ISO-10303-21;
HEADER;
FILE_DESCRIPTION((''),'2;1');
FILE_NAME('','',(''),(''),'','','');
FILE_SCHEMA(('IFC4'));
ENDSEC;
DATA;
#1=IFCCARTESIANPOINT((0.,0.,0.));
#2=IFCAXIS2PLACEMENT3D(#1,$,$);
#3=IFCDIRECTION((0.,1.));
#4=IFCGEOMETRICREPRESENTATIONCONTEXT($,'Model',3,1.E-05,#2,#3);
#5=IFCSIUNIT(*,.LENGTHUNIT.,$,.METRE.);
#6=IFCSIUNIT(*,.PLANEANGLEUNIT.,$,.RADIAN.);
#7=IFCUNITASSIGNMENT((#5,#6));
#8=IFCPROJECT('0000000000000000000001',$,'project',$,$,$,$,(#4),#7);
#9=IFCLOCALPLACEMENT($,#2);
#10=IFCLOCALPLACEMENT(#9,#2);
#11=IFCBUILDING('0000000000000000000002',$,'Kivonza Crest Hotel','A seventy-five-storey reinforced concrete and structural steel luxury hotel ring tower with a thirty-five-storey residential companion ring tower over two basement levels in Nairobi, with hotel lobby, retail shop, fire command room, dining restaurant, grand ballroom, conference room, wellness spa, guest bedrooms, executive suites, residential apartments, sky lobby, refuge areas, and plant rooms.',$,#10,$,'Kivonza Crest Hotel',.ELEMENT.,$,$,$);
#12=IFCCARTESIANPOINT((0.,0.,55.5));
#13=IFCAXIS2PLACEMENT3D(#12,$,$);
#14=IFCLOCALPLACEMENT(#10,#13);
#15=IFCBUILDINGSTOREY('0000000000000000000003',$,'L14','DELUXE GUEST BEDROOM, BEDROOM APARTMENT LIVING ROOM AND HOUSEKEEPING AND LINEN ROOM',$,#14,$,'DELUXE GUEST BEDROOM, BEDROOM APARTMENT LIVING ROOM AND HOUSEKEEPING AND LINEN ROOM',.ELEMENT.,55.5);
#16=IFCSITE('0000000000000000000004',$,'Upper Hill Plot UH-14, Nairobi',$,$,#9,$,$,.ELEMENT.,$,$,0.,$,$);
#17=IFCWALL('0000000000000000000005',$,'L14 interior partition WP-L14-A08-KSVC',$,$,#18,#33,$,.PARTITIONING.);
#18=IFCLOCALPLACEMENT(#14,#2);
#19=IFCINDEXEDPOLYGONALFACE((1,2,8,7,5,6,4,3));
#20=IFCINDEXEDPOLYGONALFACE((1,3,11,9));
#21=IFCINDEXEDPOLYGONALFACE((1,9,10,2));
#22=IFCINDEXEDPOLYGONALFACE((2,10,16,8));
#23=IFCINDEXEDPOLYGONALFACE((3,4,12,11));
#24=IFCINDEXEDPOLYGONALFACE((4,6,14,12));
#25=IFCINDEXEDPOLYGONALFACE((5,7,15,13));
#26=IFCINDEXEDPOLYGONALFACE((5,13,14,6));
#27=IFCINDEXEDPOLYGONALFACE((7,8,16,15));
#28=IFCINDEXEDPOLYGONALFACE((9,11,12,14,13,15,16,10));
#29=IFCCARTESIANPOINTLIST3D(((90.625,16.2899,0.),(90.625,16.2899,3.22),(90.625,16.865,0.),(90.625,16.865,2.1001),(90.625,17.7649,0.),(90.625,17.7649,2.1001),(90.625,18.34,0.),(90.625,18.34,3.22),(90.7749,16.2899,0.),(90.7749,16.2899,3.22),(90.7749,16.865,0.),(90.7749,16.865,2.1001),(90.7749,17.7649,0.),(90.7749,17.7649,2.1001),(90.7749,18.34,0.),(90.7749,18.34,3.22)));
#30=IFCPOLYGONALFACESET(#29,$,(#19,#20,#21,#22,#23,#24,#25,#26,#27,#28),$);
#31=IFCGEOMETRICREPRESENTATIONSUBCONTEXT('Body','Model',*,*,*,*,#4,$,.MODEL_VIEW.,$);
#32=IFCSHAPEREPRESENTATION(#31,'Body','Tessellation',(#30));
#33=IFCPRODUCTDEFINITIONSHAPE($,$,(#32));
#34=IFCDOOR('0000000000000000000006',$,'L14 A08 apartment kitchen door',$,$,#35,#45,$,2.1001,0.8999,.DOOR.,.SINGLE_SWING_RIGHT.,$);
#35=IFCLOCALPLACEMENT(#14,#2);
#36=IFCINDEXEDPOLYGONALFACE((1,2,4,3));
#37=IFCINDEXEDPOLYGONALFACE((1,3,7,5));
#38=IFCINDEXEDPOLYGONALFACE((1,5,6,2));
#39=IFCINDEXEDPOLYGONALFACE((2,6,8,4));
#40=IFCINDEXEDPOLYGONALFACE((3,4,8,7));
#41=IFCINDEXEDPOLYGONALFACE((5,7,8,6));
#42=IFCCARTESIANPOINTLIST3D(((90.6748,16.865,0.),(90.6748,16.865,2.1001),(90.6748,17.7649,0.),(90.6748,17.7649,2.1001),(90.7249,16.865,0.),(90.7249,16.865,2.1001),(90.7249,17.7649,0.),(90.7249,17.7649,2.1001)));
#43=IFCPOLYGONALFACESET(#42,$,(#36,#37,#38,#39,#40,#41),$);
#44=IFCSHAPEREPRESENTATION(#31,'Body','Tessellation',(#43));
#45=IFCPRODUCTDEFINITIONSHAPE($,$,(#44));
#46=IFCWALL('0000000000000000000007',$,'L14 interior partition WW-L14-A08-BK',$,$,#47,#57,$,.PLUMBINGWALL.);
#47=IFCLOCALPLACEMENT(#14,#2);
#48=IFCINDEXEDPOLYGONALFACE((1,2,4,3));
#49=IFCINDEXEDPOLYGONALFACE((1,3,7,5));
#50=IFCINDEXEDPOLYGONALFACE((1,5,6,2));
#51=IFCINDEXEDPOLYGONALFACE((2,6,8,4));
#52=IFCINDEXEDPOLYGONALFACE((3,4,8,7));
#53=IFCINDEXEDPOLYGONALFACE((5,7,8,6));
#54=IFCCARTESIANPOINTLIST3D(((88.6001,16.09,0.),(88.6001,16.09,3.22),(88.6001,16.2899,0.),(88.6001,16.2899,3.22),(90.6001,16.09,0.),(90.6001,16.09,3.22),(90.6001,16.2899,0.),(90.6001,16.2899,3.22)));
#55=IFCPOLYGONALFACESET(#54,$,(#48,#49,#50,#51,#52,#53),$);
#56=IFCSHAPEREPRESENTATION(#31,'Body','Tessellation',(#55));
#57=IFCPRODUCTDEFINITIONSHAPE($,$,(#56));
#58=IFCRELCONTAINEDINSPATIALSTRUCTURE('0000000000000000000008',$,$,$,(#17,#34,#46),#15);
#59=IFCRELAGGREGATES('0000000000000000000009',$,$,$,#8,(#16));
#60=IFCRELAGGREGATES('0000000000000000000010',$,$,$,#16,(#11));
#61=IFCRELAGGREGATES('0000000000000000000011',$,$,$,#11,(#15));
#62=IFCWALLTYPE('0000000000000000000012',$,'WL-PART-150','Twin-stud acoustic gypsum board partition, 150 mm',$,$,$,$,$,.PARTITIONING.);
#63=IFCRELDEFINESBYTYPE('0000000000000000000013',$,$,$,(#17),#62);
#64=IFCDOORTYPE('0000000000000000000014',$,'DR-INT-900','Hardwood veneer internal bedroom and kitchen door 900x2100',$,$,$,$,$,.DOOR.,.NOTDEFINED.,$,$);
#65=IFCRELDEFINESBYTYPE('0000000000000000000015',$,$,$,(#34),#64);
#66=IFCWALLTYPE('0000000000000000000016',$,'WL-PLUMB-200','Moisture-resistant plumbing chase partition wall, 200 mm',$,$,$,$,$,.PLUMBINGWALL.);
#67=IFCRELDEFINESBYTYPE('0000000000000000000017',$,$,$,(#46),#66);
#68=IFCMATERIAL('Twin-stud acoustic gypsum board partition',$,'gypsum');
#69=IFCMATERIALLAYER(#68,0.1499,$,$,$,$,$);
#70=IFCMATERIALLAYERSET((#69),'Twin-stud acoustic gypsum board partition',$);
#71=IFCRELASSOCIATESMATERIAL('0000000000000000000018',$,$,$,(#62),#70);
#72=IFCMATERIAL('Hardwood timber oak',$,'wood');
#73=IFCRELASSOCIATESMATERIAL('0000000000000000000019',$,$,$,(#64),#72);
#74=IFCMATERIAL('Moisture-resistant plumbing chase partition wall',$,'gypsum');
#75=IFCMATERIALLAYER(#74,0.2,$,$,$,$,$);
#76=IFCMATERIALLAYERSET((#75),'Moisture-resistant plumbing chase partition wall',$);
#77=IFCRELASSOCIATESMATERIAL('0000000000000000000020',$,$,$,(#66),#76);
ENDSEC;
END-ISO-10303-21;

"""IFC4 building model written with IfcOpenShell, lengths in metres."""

from ifc_helpers import new_model, si_unit, direction, frame, frame_2d, origin, place, context, subcontext, project, spatial, rectangle, extrude, material, layer, layer_set, type_object, element, fill, save


model = new_model("IFC4")

# Units and contexts
model_context = context("Model", 3, precision=1e-05, world=origin(), true_north=direction((0.0, 1.0)))
body_context = subcontext(model_context, "Body", "Model", "MODEL_VIEW")
ifc_project = project(units=[si_unit("LENGTHUNIT", "METRE"), si_unit("PLANEANGLEUNIT", "RADIAN")], contexts=[model_context])

# Site, building, storey
site_placement = place(None, origin())
site = spatial("IfcSite", under=ifc_project, at=site_placement, Name="Upper Hill Plot UH-14, Nairobi", CompositionType="ELEMENT", RefElevation=0.0)
building_placement = place(site_placement, origin())
building = spatial("IfcBuilding", under=site, at=building_placement, Name="Kivonza Crest Hotel", Description="A seventy-five-storey reinforced concrete and structural steel luxury hotel ring tower with a thirty-five-storey residential companion ring tower over two basement levels in Nairobi, with hotel lobby, retail shop, fire command room, dining restaurant, grand ballroom, conference room, wellness spa, guest bedrooms, executive suites, residential apartments, sky lobby, refuge areas, and plant rooms.", LongName="Kivonza Crest Hotel", CompositionType="ELEMENT")
storey_placement = place(building_placement, frame((0.0, 0.0, 55.5)))
storey = spatial("IfcBuildingStorey", under=building, at=storey_placement, Name="L14", Description="DELUXE GUEST BEDROOM, BEDROOM APARTMENT LIVING ROOM AND HOUSEKEEPING AND LINEN ROOM", LongName="DELUXE GUEST BEDROOM, BEDROOM APARTMENT LIVING ROOM AND HOUSEKEEPING AND LINEN ROOM", CompositionType="ELEMENT", Elevation=55.5)

# Shared definitions
ifc_material_1 = material(Name="Hardwood timber oak", Category="wood")

# Shared definitions
ifc_material_2 = material(Name="Twin-stud acoustic gypsum board partition", Category="gypsum")
ifc_layer_1 = layer(ifc_material_2, 0.1499)
ifc_layer_set_1 = layer_set([ifc_layer_1], Name="Twin-stud acoustic gypsum board partition")
wall_type_1 = type_object("IfcWallType", Name="WL-PART-150", Description="Twin-stud acoustic gypsum board partition, 150 mm", PredefinedType="PARTITIONING", material=ifc_layer_set_1)
door_type_1 = type_object("IfcDoorType", Name="DR-INT-900", Description="Hardwood veneer internal bedroom and kitchen door 900x2100", OperationType="NOTDEFINED", PredefinedType="DOOR", material=ifc_material_1)

# Wall, opening, door
wall_1_placement = place(storey_placement, frame((90.7, 16.29, 0.0), z_axis=(0.0, 0.0, 1.0), x_axis=(0.0, 1.0, 0.0)))
wall_1 = element("IfcWall", 1, at=wall_1_placement, inside=storey, type_object=wall_type_1, Name="L14 interior partition WP-L14-A08-KSVC", PredefinedType="PARTITIONING", context=body_context, shape_type="SweptSolid", body=[
    extrude(rectangle(XDim=2.05, YDim=0.1499, at=frame_2d((1.0249, 0.0))), origin(), (0.0, 0.0, 1.0), 3.22),
])
opening_1_placement = place(wall_1_placement, frame((0.575, 0.0, 0.0)))
opening_1 = element("IfcOpeningElement", 2, at=opening_1_placement, cuts=wall_1, PredefinedType="OPENING", context=body_context, shape_type="SweptSolid", body=[
    extrude(rectangle(XDim=0.8999, YDim=2.1001, at=frame_2d((0.45, 1.05))), frame((0.0, 0.085, 0.0), z_axis=(0.0, -1.0, 0.0), x_axis=(1.0, 0.0, 0.0)), (0.0, 0.0, 1.0), 0.1699),
])
door_1_placement = place(opening_1_placement, frame((0.8999, 0.0, 0.0), z_axis=(0.0, 0.0, 1.0), x_axis=(-1.0, 0.0, 0.0)))
door_1 = element("IfcDoor", 3, at=door_1_placement, inside=storey, type_object=door_type_1, Name="L14 A08 apartment kitchen door", OperationType="SINGLE_SWING_RIGHT", OverallHeight=2.1001, OverallWidth=0.8999, PredefinedType="DOOR", context=body_context, shape_type="SweptSolid", body=[
    extrude(rectangle(XDim=0.8999, YDim=2.1001, at=frame_2d((0.45, 1.05))), frame((0.0, 0.0249, 0.0), z_axis=(0.0, -1.0, 0.0), x_axis=(1.0, 0.0, 0.0)), (0.0, 0.0, 1.0), 0.05),
])
fill(opening_1, door_1)

# Wall
ifc_material_3 = material(Name="Moisture-resistant plumbing chase partition wall", Category="gypsum")
ifc_layer_2 = layer(ifc_material_3, 0.2)
ifc_layer_set_2 = layer_set([ifc_layer_2], Name="Moisture-resistant plumbing chase partition wall")
wall_type_2 = type_object("IfcWallType", Name="WL-PLUMB-200", Description="Moisture-resistant plumbing chase partition wall, 200 mm", PredefinedType="PLUMBINGWALL", material=ifc_layer_set_2)
wall_2_placement = place(storey_placement, frame((88.6001, 16.1899, 0.0), z_axis=(0.0, 0.0, 1.0), x_axis=(1.0, 0.0, 0.0)))
element("IfcWall", 4, at=wall_2_placement, inside=storey, type_object=wall_type_2, Name="L14 interior partition WW-L14-A08-BK", PredefinedType="PLUMBINGWALL", context=body_context, shape_type="SweptSolid", body=[
    extrude(rectangle(XDim=2.0, YDim=0.2, at=frame_2d((1.0, 0.0))), origin(), (0.0, 0.0, 1.0), 3.22),
])

save(model, "model.ifc")
